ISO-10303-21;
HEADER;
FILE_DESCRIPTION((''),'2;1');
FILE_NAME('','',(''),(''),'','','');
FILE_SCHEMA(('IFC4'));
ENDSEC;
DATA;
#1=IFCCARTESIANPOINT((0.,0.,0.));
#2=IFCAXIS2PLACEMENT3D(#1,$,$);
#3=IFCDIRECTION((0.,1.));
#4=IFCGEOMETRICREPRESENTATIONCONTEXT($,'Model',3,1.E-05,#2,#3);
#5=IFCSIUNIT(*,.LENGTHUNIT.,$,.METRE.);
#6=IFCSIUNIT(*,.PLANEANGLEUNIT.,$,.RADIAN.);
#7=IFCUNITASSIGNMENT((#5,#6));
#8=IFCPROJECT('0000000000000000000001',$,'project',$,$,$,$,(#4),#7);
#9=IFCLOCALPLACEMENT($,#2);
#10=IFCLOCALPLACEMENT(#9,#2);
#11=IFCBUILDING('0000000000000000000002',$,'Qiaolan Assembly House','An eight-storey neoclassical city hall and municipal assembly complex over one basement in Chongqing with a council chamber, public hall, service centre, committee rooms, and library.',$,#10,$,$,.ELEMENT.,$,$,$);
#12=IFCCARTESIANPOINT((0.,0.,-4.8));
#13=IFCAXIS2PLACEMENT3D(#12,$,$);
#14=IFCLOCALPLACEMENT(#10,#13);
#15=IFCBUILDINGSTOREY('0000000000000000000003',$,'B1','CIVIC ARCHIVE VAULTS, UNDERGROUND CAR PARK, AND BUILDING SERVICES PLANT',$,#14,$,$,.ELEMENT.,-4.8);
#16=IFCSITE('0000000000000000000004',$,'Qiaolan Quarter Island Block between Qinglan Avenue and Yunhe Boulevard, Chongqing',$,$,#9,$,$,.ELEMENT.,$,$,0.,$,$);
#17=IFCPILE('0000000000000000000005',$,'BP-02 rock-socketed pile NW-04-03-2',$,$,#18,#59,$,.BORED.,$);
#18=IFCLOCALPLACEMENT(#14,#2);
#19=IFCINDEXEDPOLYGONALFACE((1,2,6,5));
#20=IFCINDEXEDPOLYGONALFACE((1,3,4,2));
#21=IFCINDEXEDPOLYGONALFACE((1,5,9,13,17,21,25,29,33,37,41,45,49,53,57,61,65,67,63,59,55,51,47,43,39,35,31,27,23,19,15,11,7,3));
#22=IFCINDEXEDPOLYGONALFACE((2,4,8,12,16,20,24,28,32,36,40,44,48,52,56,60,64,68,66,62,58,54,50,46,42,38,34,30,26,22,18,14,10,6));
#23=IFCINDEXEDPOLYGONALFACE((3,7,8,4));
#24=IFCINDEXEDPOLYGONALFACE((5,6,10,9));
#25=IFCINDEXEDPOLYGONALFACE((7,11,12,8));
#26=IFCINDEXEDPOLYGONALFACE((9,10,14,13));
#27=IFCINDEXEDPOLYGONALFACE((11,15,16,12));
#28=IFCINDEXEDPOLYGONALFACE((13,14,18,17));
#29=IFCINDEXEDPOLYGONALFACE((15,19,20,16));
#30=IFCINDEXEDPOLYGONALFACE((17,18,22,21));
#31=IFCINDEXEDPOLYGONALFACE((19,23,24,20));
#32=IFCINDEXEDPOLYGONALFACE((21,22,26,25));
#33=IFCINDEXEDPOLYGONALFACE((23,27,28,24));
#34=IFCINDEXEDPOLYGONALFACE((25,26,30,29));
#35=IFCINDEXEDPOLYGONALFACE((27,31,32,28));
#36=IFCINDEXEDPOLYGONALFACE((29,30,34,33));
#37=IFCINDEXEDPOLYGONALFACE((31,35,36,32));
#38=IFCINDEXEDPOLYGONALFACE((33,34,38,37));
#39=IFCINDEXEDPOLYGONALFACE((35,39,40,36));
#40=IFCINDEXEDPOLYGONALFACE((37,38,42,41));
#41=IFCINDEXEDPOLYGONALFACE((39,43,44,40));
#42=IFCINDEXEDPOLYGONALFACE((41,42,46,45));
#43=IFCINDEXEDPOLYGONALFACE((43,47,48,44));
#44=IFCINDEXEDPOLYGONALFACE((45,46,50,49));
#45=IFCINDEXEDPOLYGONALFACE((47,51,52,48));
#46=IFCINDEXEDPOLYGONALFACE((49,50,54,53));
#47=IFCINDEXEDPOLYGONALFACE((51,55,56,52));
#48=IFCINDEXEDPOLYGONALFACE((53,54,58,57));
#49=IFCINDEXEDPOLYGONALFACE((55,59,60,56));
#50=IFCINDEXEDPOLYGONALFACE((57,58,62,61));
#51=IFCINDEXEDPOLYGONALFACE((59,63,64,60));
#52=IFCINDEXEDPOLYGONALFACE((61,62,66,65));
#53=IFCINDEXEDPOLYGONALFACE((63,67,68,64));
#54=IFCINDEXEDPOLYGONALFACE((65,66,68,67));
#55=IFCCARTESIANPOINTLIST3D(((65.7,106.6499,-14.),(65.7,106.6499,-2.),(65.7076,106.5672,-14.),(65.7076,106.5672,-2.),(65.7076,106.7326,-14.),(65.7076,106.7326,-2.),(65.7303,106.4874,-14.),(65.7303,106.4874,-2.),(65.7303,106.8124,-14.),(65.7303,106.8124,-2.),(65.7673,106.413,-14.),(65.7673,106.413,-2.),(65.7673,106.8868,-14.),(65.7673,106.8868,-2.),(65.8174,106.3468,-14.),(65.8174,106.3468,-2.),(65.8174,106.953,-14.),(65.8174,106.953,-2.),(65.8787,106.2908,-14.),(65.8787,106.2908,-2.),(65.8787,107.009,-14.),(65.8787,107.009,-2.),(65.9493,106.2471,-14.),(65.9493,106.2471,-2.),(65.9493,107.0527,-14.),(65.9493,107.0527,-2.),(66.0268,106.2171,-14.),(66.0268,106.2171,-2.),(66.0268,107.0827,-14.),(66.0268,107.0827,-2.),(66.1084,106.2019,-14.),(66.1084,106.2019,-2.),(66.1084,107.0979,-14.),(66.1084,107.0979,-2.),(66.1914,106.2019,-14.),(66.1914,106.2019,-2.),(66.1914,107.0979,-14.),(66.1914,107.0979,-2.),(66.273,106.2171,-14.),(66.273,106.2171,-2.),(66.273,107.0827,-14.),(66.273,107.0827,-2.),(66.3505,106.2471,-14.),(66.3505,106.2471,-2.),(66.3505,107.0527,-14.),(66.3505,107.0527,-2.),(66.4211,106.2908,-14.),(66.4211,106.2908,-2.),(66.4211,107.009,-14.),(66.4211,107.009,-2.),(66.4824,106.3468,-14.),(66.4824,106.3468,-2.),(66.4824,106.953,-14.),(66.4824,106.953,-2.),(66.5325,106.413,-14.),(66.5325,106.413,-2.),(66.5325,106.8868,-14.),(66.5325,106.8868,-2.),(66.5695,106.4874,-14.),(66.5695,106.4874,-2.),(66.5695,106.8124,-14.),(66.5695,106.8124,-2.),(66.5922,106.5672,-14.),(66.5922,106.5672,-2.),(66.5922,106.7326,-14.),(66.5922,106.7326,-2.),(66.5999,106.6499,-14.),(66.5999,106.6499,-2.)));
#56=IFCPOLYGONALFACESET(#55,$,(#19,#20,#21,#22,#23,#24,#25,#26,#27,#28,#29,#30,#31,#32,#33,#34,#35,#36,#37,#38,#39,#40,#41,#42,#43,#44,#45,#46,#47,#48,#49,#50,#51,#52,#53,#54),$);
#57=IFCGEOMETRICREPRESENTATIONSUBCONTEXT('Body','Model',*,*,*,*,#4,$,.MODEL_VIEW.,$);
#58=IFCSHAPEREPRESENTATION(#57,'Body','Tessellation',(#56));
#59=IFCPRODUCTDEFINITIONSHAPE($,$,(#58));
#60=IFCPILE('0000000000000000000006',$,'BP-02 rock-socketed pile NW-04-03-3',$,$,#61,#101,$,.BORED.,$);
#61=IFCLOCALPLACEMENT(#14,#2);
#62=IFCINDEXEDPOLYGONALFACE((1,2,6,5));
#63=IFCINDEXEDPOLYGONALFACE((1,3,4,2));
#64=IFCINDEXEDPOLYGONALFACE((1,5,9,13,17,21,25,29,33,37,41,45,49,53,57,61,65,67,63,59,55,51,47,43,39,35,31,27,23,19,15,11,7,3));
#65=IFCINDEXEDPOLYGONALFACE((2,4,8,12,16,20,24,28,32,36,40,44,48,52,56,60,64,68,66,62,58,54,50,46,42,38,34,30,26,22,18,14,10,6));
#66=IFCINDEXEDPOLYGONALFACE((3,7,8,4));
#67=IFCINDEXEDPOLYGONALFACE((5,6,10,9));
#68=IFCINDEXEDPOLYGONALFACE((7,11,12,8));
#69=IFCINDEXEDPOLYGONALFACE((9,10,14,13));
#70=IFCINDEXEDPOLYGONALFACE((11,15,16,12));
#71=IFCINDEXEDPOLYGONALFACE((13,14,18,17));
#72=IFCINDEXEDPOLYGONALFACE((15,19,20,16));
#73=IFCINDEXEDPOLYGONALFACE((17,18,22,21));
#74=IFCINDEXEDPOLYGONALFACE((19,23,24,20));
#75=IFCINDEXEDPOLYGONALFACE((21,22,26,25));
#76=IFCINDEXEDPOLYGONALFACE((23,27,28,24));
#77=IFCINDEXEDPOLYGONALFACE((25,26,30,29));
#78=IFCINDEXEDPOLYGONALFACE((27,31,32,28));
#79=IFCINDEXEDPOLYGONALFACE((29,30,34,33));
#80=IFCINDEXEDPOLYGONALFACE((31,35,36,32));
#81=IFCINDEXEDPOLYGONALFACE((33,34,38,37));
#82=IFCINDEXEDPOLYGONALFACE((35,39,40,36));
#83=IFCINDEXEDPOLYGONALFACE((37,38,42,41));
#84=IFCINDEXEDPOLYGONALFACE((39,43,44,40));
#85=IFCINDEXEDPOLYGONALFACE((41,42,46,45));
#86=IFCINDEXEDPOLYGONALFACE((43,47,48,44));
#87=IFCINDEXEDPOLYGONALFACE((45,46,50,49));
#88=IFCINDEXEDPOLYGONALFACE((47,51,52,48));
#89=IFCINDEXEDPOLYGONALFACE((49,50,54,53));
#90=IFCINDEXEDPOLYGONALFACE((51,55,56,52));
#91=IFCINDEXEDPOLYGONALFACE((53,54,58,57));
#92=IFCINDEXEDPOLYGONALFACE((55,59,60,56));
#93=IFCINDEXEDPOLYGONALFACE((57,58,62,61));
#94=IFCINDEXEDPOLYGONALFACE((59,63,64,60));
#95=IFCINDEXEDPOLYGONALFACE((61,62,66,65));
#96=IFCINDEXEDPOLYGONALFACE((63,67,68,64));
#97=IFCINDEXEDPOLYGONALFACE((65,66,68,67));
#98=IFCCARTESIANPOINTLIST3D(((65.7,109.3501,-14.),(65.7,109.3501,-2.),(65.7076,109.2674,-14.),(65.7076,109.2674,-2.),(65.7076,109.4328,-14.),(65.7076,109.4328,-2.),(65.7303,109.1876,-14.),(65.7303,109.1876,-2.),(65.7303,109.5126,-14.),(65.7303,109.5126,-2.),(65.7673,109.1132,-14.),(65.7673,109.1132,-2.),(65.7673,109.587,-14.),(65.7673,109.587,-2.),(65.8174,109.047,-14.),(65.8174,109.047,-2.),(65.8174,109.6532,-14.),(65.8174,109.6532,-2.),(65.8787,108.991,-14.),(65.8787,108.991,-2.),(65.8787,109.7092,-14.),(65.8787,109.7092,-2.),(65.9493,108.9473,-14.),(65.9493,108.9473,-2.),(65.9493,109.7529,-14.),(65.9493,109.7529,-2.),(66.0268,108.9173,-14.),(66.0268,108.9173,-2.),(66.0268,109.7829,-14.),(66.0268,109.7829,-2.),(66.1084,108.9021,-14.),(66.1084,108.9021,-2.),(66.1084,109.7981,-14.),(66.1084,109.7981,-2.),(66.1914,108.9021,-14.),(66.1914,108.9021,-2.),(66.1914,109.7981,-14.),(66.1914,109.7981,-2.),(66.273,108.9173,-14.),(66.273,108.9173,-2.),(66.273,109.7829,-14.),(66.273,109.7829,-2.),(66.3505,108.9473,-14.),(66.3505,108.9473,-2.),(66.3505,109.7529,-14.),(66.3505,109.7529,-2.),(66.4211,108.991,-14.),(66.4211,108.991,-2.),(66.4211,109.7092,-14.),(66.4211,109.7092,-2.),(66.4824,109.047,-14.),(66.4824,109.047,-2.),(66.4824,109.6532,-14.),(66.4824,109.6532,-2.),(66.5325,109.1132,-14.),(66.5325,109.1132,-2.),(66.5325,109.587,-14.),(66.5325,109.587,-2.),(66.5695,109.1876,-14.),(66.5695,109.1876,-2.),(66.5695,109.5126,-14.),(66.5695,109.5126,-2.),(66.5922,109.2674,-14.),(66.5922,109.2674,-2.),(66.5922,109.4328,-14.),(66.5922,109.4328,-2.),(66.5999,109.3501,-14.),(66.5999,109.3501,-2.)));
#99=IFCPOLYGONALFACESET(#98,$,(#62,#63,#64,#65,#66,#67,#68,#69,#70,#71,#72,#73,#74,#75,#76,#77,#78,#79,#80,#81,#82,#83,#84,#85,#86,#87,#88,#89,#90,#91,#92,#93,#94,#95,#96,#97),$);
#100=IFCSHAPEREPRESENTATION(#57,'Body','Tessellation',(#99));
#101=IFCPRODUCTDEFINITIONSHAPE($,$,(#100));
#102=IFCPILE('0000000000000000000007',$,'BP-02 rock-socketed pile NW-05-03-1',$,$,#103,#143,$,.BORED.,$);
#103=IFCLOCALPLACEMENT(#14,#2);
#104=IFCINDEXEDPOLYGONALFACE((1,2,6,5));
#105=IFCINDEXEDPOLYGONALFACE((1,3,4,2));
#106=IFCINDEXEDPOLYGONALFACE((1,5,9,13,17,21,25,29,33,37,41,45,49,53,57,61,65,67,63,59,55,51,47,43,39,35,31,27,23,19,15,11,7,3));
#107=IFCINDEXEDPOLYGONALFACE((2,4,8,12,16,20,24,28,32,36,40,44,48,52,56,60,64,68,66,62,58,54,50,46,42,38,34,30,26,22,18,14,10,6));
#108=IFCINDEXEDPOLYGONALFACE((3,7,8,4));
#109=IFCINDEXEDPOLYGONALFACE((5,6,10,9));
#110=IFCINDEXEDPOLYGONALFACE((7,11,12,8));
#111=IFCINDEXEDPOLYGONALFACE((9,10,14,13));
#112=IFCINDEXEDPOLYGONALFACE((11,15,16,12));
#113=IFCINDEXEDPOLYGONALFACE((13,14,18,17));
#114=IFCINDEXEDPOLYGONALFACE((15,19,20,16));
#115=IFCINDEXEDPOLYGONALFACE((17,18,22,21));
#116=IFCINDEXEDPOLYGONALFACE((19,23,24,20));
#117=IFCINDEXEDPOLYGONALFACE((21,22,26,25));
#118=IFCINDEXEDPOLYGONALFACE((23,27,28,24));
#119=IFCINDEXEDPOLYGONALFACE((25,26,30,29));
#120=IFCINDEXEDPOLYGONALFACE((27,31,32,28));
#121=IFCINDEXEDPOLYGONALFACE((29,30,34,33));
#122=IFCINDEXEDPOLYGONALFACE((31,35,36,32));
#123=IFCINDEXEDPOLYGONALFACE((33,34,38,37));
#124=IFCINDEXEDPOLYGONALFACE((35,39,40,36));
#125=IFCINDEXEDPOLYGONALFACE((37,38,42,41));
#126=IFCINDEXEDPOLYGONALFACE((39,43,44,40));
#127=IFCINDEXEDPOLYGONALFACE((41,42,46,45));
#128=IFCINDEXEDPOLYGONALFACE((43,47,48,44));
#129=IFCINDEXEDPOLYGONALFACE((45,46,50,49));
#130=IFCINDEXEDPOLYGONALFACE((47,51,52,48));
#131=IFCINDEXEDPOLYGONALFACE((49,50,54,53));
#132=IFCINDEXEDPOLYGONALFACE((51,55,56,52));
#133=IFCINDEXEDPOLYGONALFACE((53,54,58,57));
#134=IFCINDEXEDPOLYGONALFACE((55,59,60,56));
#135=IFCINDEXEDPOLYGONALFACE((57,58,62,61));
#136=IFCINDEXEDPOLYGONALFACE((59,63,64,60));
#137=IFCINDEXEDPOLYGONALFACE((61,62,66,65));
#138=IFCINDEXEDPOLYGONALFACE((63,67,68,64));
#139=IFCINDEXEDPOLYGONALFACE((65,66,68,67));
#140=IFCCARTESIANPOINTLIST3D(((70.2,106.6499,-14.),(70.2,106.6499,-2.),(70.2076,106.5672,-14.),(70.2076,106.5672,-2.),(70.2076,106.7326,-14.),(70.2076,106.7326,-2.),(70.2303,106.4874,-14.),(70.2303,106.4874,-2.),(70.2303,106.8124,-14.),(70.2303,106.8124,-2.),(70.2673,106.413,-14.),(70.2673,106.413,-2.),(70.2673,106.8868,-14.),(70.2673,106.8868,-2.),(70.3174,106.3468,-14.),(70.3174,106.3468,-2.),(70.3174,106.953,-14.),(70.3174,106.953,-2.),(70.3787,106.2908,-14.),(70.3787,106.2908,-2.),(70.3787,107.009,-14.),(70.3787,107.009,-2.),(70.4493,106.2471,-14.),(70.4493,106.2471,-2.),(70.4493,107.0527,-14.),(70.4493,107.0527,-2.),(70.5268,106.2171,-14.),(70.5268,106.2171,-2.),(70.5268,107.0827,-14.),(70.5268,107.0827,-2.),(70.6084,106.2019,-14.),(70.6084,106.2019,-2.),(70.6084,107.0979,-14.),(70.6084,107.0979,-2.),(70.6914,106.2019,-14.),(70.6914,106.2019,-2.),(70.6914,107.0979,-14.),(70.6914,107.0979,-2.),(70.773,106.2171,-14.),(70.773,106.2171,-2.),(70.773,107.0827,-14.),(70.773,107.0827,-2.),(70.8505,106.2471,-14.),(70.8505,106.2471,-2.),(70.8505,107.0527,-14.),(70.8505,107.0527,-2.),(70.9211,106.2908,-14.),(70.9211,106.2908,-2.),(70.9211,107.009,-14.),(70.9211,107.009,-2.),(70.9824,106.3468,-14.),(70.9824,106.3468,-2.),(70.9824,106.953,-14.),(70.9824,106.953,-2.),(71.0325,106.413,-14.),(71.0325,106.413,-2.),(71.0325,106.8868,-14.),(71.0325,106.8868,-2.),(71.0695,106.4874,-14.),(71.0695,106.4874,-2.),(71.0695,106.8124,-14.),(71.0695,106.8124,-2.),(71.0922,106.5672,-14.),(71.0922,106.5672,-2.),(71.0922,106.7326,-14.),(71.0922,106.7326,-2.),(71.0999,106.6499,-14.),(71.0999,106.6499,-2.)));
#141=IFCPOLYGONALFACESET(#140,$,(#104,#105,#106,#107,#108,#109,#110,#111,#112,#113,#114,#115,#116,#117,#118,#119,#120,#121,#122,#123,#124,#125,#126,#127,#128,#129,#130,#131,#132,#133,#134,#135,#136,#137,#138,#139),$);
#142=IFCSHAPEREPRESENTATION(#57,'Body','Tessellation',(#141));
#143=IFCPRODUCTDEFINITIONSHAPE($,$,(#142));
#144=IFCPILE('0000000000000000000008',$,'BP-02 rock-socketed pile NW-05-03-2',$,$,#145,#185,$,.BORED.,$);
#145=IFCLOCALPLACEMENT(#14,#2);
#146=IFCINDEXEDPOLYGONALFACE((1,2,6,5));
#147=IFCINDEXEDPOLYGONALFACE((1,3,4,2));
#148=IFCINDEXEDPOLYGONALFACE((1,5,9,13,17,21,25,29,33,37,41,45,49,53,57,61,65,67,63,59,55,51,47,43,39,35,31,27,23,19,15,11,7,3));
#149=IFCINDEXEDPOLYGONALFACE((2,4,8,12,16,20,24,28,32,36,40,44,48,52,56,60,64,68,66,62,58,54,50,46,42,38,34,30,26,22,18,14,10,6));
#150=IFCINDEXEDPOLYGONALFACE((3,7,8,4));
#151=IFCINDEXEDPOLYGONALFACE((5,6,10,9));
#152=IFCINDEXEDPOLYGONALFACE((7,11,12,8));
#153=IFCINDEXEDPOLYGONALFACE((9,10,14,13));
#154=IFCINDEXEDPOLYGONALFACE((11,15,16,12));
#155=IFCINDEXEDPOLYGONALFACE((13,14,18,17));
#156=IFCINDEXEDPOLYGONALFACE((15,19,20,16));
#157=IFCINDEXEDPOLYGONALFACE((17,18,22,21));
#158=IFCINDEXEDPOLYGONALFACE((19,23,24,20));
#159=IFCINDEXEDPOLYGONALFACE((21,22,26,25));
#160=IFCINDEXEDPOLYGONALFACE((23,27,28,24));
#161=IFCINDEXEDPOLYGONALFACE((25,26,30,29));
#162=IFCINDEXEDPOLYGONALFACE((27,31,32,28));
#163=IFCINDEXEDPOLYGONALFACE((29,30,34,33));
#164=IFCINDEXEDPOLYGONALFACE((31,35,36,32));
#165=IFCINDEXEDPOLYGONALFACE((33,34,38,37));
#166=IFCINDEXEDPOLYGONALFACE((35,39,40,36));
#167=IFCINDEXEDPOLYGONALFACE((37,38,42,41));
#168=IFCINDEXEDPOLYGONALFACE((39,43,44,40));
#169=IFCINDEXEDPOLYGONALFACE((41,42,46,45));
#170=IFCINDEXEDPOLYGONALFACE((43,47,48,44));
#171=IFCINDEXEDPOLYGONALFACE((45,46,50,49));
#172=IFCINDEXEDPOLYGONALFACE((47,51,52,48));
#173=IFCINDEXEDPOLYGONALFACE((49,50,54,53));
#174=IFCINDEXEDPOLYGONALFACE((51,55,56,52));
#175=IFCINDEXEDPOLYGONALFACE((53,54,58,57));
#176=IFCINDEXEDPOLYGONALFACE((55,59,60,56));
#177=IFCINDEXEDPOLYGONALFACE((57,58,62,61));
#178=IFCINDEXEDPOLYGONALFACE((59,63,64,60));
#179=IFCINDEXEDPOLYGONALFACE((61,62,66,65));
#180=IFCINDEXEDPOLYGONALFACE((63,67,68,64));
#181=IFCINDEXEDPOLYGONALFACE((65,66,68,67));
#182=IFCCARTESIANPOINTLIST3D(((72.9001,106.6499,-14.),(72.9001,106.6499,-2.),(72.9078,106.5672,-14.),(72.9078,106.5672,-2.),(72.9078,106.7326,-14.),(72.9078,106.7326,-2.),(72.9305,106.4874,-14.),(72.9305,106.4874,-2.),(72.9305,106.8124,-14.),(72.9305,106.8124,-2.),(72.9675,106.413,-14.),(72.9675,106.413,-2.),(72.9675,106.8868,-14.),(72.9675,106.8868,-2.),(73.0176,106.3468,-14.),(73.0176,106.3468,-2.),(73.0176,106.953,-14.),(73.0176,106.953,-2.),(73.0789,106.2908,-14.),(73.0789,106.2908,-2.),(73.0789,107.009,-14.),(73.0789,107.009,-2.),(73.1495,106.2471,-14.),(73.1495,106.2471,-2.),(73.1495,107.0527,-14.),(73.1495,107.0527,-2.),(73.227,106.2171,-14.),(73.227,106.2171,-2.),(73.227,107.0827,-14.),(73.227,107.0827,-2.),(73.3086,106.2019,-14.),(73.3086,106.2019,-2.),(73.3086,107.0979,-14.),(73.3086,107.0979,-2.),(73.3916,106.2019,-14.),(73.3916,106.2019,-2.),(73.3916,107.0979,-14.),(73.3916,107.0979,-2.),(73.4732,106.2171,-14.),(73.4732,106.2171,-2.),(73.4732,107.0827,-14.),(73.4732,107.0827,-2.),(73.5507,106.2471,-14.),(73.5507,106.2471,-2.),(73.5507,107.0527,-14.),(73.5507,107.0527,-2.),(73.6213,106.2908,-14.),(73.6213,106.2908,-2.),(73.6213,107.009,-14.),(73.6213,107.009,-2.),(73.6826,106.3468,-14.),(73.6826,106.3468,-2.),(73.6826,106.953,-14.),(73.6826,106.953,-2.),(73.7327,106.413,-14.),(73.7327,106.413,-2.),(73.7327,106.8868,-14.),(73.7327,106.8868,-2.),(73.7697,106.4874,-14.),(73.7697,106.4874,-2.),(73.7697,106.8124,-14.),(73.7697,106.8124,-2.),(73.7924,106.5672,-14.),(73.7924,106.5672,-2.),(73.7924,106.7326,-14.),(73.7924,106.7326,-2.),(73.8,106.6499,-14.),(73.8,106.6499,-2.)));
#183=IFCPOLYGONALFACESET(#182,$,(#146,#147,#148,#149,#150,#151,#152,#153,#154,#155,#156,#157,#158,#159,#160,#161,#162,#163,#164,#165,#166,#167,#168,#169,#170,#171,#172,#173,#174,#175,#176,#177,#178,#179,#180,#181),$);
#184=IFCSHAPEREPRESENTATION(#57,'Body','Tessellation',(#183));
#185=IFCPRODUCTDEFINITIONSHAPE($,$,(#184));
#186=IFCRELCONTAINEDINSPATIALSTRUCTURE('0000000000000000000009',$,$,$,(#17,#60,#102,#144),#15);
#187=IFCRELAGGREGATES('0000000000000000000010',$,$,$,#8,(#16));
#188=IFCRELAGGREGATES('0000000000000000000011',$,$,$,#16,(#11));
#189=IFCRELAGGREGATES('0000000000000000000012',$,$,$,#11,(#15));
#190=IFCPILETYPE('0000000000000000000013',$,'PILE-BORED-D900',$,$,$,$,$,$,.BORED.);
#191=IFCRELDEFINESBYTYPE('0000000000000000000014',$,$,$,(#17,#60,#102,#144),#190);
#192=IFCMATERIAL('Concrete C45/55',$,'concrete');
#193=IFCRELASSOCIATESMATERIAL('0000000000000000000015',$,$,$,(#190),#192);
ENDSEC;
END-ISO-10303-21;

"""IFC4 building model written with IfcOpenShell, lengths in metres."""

from ifc_helpers import new_model, si_unit, direction, frame, origin, origin_2d, place, context, subcontext, project, spatial, circle, extrude, material, material_profile, profile_set, type_object, element, save


model = new_model("IFC4")

# Units and contexts
model_context = context("Model", 3, precision=1e-05, world=origin(), true_north=direction((0.0, 1.0)))
body_context = subcontext(model_context, "Body", "Model", "MODEL_VIEW")
ifc_project = project(units=[si_unit("LENGTHUNIT", "METRE"), si_unit("PLANEANGLEUNIT", "RADIAN")], contexts=[model_context])

# Site, building, storey
site_placement = place(None, origin())
site = spatial("IfcSite", under=ifc_project, at=site_placement, Name="Qiaolan Quarter Island Block between Qinglan Avenue and Yunhe Boulevard, Chongqing", CompositionType="ELEMENT", RefElevation=0.0)
building_placement = place(site_placement, origin())
building = spatial("IfcBuilding", under=site, at=building_placement, Name="Qiaolan Assembly House", Description="An eight-storey neoclassical city hall and municipal assembly complex over one basement in Chongqing with a council chamber, public hall, service centre, committee rooms, and library.", CompositionType="ELEMENT")
storey_placement = place(building_placement, frame((0.0, 0.0, -4.8)))
storey = spatial("IfcBuildingStorey", under=building, at=storey_placement, Name="B1", Description="CIVIC ARCHIVE VAULTS, UNDERGROUND CAR PARK, AND BUILDING SERVICES PLANT", CompositionType="ELEMENT", Elevation=-4.8)

# Piles
ifc_material_1 = material(Name="Concrete C45/55", Category="concrete")
ifc_material_profile_1 = material_profile(ifc_material_1, circle(Radius=0.45, at=origin_2d()), Name="PILE D900")
ifc_profile_set_1 = profile_set([ifc_material_profile_1], Name="Concrete C45/55")
pile_type_1 = type_object("IfcPileType", Name="PILE-BORED-D900", PredefinedType="BORED", material=ifc_profile_set_1)
for number, where, z_axis, x_axis, name in (
    (1, (66.1499, 106.6499, -2.0), (0.0, 0.0, -1.0), (1.0, 0.0, 0.0), "BP-02 rock-socketed pile NW-04-03-2"),
    (2, (66.1499, 109.3501, -2.0), (0.0, 0.0, -1.0), (1.0, 0.0, 0.0), "BP-02 rock-socketed pile NW-04-03-3"),
    (3, (70.6499, 106.6499, -2.0), (0.0, 0.0, -1.0), (1.0, 0.0, 0.0), "BP-02 rock-socketed pile NW-05-03-1"),
    (4, (73.3501, 106.6499, -2.0), (0.0, 0.0, -1.0), (1.0, 0.0, 0.0), "BP-02 rock-socketed pile NW-05-03-2"),
):
    element("IfcPile", number, at=place(storey_placement, frame(where, z_axis=z_axis, x_axis=x_axis)), inside=storey, type_object=pile_type_1, Name=name, PredefinedType="BORED", context=body_context, shape_type="SweptSolid", body=[
        extrude(circle(Radius=0.45, at=origin_2d()), origin(), (0.0, 0.0, 1.0), 12.0),
    ])

save(model, "model.ifc")
